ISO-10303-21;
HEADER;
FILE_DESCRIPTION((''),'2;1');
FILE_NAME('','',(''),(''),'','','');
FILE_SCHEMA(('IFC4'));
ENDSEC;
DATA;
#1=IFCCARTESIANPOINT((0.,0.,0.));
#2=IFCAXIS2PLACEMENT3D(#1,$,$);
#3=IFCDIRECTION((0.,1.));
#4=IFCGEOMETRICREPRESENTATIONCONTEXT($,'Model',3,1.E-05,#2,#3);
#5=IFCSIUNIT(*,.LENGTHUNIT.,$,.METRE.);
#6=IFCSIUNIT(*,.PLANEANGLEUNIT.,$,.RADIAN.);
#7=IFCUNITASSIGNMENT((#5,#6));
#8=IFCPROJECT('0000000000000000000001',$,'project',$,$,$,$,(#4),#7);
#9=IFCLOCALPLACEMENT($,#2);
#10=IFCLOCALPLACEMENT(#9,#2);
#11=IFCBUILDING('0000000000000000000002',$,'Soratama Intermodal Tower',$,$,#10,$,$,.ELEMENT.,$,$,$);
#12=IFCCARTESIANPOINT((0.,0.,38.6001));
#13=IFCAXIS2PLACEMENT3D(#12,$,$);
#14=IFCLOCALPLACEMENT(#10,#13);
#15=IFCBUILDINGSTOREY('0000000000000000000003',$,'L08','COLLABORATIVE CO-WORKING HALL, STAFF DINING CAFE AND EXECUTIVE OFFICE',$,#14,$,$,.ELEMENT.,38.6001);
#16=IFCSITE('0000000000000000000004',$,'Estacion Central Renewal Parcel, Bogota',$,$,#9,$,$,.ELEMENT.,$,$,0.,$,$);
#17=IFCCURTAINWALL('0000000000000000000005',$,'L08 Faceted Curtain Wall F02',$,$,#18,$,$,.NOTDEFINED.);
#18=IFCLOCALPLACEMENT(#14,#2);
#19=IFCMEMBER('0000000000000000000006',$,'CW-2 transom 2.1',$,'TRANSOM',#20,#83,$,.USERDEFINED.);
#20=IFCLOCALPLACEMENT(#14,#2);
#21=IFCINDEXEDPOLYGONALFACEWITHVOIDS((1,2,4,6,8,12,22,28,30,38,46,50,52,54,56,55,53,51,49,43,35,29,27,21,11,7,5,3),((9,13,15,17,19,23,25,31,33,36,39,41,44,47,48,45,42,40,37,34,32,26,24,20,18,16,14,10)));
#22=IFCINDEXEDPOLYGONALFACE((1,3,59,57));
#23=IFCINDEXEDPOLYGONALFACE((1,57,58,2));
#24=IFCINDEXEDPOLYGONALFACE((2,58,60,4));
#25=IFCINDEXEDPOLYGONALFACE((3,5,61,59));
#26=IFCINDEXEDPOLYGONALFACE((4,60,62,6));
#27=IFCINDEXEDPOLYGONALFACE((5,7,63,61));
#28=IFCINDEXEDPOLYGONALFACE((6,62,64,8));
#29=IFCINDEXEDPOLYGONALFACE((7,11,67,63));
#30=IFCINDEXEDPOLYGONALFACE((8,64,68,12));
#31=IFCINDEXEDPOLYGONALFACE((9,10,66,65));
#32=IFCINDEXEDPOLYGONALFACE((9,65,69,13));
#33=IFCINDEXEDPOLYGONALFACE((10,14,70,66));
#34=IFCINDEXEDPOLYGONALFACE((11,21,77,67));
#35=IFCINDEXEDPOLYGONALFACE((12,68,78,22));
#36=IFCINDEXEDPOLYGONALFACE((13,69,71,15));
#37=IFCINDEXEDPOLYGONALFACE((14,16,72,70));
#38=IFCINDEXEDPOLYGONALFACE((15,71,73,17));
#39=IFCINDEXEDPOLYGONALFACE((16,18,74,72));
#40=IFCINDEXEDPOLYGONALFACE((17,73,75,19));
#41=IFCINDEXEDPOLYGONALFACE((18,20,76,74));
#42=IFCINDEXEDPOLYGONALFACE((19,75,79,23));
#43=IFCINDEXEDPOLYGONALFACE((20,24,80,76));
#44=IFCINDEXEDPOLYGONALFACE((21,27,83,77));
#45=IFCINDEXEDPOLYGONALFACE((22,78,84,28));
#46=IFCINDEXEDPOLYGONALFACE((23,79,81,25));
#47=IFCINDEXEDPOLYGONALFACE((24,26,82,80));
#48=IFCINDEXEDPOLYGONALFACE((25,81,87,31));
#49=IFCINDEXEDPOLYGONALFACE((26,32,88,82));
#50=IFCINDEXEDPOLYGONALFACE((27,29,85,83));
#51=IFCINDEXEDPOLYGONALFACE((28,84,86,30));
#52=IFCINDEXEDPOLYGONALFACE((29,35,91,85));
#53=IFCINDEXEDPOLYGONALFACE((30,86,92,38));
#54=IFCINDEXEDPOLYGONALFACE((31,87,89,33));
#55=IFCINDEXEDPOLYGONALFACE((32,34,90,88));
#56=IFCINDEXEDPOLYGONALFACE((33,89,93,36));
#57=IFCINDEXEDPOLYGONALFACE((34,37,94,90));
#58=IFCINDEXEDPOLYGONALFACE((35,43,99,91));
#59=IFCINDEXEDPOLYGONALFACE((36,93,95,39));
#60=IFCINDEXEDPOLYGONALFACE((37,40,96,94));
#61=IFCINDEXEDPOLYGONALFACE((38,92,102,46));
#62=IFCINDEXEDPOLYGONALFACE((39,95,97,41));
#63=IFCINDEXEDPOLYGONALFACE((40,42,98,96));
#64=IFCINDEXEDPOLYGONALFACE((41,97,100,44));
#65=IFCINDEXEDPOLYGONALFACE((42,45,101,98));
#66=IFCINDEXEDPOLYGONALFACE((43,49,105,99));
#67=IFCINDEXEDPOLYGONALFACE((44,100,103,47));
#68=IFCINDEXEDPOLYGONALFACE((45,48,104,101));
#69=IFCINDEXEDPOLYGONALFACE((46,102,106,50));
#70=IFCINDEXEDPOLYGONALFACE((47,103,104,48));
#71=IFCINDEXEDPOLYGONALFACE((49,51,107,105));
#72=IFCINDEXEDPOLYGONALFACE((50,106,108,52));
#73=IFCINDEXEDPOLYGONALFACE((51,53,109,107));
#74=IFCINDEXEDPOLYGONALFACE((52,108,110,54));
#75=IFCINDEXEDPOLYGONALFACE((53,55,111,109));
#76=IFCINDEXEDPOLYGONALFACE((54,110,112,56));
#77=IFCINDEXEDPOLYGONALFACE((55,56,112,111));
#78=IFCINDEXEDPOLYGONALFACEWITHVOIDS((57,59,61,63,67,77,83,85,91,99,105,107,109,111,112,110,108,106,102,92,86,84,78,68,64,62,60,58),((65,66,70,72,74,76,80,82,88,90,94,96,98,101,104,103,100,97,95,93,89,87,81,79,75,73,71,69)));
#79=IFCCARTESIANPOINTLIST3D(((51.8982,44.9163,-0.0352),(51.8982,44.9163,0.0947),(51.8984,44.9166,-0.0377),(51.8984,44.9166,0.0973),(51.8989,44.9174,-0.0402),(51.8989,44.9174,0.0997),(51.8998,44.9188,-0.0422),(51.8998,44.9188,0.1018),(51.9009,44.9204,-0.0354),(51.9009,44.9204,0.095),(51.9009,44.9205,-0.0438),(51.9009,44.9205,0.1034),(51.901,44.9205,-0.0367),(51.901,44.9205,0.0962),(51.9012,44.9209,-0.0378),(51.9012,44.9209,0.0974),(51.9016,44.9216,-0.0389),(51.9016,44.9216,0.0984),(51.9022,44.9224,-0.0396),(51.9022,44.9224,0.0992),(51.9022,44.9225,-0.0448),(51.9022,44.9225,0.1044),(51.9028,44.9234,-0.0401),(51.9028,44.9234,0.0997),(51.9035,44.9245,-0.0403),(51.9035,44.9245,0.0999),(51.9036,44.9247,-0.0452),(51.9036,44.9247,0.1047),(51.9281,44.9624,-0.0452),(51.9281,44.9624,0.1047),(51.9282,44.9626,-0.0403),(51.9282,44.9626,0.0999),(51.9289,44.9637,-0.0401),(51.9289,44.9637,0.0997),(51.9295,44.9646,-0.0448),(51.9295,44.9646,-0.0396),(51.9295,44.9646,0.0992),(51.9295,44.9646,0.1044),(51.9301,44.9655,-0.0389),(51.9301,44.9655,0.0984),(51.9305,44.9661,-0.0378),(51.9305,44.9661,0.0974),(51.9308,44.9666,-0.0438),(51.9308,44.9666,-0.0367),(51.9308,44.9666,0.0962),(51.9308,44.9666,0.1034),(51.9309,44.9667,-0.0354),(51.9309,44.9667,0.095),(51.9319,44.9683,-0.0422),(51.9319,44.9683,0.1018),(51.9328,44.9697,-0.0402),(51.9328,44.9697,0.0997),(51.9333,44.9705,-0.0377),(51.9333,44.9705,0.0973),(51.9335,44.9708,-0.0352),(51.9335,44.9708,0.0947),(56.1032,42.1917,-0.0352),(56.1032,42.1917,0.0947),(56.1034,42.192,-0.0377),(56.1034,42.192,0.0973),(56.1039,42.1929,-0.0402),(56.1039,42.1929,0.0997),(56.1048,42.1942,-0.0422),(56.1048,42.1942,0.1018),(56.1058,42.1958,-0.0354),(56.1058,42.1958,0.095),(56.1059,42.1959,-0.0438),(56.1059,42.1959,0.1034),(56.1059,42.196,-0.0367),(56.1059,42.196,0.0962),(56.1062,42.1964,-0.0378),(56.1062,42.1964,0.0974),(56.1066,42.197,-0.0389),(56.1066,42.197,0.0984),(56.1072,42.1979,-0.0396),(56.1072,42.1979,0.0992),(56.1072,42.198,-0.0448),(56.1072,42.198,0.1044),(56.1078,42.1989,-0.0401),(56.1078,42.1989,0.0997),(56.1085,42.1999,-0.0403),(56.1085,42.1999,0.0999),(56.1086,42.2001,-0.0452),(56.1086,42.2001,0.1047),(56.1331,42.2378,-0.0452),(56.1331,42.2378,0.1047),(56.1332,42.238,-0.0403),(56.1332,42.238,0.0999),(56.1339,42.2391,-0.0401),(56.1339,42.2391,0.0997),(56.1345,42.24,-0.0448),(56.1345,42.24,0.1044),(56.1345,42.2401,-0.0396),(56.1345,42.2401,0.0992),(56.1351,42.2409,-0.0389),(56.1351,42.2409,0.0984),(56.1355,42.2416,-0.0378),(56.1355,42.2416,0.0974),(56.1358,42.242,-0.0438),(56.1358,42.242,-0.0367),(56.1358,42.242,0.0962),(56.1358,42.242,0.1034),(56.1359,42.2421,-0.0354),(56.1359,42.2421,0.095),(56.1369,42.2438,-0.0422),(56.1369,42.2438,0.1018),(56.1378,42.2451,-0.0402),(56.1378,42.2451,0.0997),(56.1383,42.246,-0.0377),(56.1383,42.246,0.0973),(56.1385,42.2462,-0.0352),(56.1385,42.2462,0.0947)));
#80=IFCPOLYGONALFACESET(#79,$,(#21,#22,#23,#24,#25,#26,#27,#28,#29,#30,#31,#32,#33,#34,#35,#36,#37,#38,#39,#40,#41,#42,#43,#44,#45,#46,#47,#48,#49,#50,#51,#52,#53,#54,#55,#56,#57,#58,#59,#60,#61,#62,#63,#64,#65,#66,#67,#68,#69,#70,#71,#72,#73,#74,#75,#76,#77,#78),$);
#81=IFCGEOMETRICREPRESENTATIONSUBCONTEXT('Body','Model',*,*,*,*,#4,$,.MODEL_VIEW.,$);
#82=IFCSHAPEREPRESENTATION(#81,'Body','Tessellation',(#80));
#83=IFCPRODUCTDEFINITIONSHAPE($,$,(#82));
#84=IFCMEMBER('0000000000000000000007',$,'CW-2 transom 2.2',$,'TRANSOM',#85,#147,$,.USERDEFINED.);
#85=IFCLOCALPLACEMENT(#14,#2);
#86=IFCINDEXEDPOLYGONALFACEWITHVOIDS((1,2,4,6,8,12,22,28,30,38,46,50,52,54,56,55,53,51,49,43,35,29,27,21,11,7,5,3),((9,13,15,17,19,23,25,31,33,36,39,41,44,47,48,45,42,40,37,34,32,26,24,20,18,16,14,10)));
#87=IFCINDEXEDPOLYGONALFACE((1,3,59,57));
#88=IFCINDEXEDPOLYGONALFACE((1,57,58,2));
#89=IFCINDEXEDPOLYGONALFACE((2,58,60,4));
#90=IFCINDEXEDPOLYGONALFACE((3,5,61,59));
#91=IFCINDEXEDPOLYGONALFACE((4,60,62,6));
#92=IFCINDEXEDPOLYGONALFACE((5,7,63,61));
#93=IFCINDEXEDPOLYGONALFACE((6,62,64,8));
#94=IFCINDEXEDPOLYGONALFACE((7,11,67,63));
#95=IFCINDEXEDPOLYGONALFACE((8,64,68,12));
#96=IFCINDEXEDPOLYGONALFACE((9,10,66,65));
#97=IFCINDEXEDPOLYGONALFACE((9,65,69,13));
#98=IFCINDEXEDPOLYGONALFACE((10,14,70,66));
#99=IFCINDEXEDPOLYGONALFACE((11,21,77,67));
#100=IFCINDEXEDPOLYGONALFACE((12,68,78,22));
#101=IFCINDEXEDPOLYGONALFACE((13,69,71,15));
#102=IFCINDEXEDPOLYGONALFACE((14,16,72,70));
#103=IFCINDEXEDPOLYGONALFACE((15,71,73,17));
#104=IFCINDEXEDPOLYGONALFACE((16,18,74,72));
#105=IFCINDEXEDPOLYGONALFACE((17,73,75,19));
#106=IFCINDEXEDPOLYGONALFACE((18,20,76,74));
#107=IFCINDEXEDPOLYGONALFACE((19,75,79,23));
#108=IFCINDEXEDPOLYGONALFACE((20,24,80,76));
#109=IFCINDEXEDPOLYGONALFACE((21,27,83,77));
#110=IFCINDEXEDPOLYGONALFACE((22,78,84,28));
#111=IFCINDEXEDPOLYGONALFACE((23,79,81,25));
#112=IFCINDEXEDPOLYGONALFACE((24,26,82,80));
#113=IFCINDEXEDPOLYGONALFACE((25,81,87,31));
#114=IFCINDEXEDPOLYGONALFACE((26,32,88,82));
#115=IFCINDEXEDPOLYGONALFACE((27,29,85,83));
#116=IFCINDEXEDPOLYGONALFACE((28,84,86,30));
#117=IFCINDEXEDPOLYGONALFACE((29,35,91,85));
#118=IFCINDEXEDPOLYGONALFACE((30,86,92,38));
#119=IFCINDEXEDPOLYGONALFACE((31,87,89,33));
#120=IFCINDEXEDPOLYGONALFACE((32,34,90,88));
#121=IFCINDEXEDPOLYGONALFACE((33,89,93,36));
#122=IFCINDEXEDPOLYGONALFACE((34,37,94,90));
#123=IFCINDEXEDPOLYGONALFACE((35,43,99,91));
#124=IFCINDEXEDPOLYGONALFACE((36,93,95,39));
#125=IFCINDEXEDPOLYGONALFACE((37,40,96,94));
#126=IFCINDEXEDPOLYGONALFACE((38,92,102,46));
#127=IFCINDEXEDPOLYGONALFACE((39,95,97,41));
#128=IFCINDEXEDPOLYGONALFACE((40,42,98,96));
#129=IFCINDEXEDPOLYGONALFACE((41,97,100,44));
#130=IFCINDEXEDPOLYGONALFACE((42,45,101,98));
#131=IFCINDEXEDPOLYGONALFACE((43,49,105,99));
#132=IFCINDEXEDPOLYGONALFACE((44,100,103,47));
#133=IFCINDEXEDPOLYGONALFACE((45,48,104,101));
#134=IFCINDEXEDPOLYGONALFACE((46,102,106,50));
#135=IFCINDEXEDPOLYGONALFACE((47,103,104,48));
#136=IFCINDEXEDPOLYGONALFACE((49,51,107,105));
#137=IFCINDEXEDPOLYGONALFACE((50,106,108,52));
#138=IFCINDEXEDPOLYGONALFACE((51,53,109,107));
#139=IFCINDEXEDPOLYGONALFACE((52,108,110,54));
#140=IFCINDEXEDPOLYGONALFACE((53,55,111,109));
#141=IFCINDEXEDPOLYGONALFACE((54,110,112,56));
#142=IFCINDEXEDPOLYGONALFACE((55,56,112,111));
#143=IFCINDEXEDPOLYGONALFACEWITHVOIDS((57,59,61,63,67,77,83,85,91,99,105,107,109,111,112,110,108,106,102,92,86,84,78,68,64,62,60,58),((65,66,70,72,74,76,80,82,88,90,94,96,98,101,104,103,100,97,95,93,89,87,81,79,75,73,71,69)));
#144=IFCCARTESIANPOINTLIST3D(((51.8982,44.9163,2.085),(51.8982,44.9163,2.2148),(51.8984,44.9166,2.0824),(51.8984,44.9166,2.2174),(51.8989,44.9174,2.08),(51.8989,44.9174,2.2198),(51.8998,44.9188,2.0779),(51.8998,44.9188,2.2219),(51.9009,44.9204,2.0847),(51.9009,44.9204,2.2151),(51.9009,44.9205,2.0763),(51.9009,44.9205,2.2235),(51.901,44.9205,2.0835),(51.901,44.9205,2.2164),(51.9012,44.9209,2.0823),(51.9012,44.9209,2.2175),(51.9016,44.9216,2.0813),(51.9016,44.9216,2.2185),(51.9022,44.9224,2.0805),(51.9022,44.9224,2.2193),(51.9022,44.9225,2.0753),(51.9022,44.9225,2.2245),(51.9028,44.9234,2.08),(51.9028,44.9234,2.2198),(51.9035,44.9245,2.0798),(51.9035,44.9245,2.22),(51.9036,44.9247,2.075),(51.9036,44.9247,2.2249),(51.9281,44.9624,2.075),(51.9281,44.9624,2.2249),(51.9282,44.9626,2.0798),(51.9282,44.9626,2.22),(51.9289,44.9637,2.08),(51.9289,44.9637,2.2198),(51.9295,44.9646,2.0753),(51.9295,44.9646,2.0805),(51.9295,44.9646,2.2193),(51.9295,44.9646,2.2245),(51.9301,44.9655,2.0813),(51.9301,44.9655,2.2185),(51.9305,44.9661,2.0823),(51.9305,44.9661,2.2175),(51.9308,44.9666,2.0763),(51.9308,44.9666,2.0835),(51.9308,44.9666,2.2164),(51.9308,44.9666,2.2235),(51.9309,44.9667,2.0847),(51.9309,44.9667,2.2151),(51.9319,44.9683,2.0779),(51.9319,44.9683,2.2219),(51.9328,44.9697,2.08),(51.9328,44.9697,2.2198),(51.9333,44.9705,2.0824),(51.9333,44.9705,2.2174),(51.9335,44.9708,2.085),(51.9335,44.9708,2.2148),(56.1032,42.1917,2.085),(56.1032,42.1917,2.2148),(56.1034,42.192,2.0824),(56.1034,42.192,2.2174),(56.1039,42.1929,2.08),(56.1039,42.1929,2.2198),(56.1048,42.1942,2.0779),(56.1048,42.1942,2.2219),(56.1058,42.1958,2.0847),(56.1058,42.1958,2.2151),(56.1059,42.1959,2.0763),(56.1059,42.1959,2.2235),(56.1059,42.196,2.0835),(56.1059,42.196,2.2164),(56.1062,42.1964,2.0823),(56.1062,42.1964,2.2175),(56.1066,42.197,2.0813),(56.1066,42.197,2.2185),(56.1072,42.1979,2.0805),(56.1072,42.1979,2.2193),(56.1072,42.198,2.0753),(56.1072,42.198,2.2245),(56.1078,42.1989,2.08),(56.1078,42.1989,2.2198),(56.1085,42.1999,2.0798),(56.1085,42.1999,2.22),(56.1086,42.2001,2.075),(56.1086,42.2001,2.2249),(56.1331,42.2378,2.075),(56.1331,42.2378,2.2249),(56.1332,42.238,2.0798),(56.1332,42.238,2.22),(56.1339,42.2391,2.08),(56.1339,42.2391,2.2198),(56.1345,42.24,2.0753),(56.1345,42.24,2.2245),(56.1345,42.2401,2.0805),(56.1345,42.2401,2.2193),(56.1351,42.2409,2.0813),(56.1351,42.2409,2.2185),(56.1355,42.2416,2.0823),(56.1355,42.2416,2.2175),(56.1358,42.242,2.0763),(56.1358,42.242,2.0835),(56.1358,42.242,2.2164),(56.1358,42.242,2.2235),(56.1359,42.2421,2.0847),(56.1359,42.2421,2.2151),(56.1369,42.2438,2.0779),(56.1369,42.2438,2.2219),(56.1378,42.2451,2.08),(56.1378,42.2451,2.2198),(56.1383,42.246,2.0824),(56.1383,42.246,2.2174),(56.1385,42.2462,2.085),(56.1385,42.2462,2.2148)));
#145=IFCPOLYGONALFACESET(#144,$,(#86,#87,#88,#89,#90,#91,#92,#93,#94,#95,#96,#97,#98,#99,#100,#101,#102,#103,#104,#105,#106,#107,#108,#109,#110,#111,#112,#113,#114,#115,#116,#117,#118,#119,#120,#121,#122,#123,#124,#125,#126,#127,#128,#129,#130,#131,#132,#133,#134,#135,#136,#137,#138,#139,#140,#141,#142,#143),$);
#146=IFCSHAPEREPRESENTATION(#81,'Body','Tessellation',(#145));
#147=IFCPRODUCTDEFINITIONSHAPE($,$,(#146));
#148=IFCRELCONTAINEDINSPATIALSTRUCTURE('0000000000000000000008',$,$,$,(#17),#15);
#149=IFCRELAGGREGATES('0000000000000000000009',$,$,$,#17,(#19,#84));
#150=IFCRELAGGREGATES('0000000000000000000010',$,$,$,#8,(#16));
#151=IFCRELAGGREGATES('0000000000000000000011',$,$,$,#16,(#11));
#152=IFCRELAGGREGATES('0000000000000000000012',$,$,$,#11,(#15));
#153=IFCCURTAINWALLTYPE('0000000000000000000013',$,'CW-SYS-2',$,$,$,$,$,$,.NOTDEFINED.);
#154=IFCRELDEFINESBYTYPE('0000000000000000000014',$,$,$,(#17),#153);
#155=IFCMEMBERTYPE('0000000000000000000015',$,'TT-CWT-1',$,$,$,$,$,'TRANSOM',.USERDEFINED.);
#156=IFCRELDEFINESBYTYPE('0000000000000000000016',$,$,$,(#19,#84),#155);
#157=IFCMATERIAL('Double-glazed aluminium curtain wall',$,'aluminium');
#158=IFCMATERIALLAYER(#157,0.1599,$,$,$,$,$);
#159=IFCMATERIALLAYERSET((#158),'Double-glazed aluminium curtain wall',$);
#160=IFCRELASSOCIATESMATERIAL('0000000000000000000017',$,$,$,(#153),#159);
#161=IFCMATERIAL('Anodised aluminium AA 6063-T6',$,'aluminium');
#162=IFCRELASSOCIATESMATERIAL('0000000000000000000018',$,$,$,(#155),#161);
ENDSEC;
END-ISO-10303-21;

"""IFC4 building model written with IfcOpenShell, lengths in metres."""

from ifc_helpers import new_model, si_unit, direction, frame, origin, origin_2d, place, context, subcontext, project, spatial, hollow_rectangle, extrude, material, layer, layer_set, material_profile, profile_set, type_object, element, aggregate, save


model = new_model("IFC4")

# Units and contexts
model_context = context("Model", 3, precision=1e-05, world=origin(), true_north=direction((0.0, 1.0)))
body_context = subcontext(model_context, "Body", "Model", "MODEL_VIEW")
ifc_project = project(units=[si_unit("LENGTHUNIT", "METRE"), si_unit("PLANEANGLEUNIT", "RADIAN")], contexts=[model_context])

# Site, building, storey
site_placement = place(None, origin())
site = spatial("IfcSite", under=ifc_project, at=site_placement, Name="Estacion Central Renewal Parcel, Bogota", CompositionType="ELEMENT", RefElevation=0.0)
building_placement = place(site_placement, origin())
building = spatial("IfcBuilding", under=site, at=building_placement, Name="Soratama Intermodal Tower", CompositionType="ELEMENT")
storey_placement = place(building_placement, frame((0.0, 0.0, 38.6001)))
storey = spatial("IfcBuildingStorey", under=building, at=storey_placement, Name="L08", Description="COLLABORATIVE CO-WORKING HALL, STAFF DINING CAFE AND EXECUTIVE OFFICE", CompositionType="ELEMENT", Elevation=38.6001)

# Shared definitions
ifc_material_1 = material(Name="Double-glazed aluminium curtain wall", Category="aluminium")
ifc_layer_1 = layer(ifc_material_1, 0.1599)
ifc_layer_set_1 = layer_set([ifc_layer_1], Name="Double-glazed aluminium curtain wall")
curtain_wall_type = type_object("IfcCurtainWallType", Name="CW-SYS-2", PredefinedType="NOTDEFINED", material=ifc_layer_set_1)

# Curtain wall, members
curtain_wall_1_placement = place(storey_placement, origin())
curtain_wall_1 = element("IfcCurtainWall", 1, at=curtain_wall_1_placement, inside=storey, type_object=curtain_wall_type, Name="L08 Faceted Curtain Wall F02", PredefinedType="NOTDEFINED")
ifc_material_2 = material(Name="Anodised aluminium AA 6063-T6", Category="aluminium")
ifc_material_profile_1 = material_profile(ifc_material_2, hollow_rectangle(XDim=0.0649, YDim=0.1499, WallThickness=0.0049, InnerFilletRadius=0.0049, OuterFilletRadius=0.01, at=origin_2d()), Name="CWT150X65X5")
ifc_profile_set_1 = profile_set([ifc_material_profile_1], Name="Anodised aluminium AA 6063-T6")
member_type_1 = type_object("IfcMemberType", Name="TT-CWT-1", ElementType="TRANSOM", PredefinedType="USERDEFINED", material=ifc_profile_set_1)
member_1_placement = place(storey_placement, frame((56.1208, 42.219, 0.0298), z_axis=(-0.839235, 0.543768, 0.0), x_axis=(-0.543768, -0.839235, 0.0)))
member_1 = element("IfcMember", 2, at=member_1_placement, type_object=member_type_1, Name="CW-2 transom 2.1", ObjectType="TRANSOM", PredefinedType="USERDEFINED", context=body_context, shape_type="SweptSolid", body=[
    extrude(hollow_rectangle(XDim=0.0649, YDim=0.1499, WallThickness=0.0049, InnerFilletRadius=0.0049, OuterFilletRadius=0.01, at=origin_2d()), origin(), (0.0, 0.0, 1.0), 5.0105),
])
member_2_placement = place(storey_placement, frame((56.1208, 42.219, 2.1499), z_axis=(-0.839235, 0.543768, 0.0), x_axis=(-0.543768, -0.839235, 0.0)))
member_2 = element("IfcMember", 3, at=member_2_placement, type_object=member_type_1, Name="CW-2 transom 2.2", ObjectType="TRANSOM", PredefinedType="USERDEFINED", context=body_context, shape_type="SweptSolid", body=[
    extrude(hollow_rectangle(XDim=0.0649, YDim=0.1499, WallThickness=0.0049, InnerFilletRadius=0.0049, OuterFilletRadius=0.01, at=origin_2d()), origin(), (0.0, 0.0, 1.0), 5.0105),
])
aggregate(curtain_wall_1, [member_1, member_2])

save(model, "model.ifc")
